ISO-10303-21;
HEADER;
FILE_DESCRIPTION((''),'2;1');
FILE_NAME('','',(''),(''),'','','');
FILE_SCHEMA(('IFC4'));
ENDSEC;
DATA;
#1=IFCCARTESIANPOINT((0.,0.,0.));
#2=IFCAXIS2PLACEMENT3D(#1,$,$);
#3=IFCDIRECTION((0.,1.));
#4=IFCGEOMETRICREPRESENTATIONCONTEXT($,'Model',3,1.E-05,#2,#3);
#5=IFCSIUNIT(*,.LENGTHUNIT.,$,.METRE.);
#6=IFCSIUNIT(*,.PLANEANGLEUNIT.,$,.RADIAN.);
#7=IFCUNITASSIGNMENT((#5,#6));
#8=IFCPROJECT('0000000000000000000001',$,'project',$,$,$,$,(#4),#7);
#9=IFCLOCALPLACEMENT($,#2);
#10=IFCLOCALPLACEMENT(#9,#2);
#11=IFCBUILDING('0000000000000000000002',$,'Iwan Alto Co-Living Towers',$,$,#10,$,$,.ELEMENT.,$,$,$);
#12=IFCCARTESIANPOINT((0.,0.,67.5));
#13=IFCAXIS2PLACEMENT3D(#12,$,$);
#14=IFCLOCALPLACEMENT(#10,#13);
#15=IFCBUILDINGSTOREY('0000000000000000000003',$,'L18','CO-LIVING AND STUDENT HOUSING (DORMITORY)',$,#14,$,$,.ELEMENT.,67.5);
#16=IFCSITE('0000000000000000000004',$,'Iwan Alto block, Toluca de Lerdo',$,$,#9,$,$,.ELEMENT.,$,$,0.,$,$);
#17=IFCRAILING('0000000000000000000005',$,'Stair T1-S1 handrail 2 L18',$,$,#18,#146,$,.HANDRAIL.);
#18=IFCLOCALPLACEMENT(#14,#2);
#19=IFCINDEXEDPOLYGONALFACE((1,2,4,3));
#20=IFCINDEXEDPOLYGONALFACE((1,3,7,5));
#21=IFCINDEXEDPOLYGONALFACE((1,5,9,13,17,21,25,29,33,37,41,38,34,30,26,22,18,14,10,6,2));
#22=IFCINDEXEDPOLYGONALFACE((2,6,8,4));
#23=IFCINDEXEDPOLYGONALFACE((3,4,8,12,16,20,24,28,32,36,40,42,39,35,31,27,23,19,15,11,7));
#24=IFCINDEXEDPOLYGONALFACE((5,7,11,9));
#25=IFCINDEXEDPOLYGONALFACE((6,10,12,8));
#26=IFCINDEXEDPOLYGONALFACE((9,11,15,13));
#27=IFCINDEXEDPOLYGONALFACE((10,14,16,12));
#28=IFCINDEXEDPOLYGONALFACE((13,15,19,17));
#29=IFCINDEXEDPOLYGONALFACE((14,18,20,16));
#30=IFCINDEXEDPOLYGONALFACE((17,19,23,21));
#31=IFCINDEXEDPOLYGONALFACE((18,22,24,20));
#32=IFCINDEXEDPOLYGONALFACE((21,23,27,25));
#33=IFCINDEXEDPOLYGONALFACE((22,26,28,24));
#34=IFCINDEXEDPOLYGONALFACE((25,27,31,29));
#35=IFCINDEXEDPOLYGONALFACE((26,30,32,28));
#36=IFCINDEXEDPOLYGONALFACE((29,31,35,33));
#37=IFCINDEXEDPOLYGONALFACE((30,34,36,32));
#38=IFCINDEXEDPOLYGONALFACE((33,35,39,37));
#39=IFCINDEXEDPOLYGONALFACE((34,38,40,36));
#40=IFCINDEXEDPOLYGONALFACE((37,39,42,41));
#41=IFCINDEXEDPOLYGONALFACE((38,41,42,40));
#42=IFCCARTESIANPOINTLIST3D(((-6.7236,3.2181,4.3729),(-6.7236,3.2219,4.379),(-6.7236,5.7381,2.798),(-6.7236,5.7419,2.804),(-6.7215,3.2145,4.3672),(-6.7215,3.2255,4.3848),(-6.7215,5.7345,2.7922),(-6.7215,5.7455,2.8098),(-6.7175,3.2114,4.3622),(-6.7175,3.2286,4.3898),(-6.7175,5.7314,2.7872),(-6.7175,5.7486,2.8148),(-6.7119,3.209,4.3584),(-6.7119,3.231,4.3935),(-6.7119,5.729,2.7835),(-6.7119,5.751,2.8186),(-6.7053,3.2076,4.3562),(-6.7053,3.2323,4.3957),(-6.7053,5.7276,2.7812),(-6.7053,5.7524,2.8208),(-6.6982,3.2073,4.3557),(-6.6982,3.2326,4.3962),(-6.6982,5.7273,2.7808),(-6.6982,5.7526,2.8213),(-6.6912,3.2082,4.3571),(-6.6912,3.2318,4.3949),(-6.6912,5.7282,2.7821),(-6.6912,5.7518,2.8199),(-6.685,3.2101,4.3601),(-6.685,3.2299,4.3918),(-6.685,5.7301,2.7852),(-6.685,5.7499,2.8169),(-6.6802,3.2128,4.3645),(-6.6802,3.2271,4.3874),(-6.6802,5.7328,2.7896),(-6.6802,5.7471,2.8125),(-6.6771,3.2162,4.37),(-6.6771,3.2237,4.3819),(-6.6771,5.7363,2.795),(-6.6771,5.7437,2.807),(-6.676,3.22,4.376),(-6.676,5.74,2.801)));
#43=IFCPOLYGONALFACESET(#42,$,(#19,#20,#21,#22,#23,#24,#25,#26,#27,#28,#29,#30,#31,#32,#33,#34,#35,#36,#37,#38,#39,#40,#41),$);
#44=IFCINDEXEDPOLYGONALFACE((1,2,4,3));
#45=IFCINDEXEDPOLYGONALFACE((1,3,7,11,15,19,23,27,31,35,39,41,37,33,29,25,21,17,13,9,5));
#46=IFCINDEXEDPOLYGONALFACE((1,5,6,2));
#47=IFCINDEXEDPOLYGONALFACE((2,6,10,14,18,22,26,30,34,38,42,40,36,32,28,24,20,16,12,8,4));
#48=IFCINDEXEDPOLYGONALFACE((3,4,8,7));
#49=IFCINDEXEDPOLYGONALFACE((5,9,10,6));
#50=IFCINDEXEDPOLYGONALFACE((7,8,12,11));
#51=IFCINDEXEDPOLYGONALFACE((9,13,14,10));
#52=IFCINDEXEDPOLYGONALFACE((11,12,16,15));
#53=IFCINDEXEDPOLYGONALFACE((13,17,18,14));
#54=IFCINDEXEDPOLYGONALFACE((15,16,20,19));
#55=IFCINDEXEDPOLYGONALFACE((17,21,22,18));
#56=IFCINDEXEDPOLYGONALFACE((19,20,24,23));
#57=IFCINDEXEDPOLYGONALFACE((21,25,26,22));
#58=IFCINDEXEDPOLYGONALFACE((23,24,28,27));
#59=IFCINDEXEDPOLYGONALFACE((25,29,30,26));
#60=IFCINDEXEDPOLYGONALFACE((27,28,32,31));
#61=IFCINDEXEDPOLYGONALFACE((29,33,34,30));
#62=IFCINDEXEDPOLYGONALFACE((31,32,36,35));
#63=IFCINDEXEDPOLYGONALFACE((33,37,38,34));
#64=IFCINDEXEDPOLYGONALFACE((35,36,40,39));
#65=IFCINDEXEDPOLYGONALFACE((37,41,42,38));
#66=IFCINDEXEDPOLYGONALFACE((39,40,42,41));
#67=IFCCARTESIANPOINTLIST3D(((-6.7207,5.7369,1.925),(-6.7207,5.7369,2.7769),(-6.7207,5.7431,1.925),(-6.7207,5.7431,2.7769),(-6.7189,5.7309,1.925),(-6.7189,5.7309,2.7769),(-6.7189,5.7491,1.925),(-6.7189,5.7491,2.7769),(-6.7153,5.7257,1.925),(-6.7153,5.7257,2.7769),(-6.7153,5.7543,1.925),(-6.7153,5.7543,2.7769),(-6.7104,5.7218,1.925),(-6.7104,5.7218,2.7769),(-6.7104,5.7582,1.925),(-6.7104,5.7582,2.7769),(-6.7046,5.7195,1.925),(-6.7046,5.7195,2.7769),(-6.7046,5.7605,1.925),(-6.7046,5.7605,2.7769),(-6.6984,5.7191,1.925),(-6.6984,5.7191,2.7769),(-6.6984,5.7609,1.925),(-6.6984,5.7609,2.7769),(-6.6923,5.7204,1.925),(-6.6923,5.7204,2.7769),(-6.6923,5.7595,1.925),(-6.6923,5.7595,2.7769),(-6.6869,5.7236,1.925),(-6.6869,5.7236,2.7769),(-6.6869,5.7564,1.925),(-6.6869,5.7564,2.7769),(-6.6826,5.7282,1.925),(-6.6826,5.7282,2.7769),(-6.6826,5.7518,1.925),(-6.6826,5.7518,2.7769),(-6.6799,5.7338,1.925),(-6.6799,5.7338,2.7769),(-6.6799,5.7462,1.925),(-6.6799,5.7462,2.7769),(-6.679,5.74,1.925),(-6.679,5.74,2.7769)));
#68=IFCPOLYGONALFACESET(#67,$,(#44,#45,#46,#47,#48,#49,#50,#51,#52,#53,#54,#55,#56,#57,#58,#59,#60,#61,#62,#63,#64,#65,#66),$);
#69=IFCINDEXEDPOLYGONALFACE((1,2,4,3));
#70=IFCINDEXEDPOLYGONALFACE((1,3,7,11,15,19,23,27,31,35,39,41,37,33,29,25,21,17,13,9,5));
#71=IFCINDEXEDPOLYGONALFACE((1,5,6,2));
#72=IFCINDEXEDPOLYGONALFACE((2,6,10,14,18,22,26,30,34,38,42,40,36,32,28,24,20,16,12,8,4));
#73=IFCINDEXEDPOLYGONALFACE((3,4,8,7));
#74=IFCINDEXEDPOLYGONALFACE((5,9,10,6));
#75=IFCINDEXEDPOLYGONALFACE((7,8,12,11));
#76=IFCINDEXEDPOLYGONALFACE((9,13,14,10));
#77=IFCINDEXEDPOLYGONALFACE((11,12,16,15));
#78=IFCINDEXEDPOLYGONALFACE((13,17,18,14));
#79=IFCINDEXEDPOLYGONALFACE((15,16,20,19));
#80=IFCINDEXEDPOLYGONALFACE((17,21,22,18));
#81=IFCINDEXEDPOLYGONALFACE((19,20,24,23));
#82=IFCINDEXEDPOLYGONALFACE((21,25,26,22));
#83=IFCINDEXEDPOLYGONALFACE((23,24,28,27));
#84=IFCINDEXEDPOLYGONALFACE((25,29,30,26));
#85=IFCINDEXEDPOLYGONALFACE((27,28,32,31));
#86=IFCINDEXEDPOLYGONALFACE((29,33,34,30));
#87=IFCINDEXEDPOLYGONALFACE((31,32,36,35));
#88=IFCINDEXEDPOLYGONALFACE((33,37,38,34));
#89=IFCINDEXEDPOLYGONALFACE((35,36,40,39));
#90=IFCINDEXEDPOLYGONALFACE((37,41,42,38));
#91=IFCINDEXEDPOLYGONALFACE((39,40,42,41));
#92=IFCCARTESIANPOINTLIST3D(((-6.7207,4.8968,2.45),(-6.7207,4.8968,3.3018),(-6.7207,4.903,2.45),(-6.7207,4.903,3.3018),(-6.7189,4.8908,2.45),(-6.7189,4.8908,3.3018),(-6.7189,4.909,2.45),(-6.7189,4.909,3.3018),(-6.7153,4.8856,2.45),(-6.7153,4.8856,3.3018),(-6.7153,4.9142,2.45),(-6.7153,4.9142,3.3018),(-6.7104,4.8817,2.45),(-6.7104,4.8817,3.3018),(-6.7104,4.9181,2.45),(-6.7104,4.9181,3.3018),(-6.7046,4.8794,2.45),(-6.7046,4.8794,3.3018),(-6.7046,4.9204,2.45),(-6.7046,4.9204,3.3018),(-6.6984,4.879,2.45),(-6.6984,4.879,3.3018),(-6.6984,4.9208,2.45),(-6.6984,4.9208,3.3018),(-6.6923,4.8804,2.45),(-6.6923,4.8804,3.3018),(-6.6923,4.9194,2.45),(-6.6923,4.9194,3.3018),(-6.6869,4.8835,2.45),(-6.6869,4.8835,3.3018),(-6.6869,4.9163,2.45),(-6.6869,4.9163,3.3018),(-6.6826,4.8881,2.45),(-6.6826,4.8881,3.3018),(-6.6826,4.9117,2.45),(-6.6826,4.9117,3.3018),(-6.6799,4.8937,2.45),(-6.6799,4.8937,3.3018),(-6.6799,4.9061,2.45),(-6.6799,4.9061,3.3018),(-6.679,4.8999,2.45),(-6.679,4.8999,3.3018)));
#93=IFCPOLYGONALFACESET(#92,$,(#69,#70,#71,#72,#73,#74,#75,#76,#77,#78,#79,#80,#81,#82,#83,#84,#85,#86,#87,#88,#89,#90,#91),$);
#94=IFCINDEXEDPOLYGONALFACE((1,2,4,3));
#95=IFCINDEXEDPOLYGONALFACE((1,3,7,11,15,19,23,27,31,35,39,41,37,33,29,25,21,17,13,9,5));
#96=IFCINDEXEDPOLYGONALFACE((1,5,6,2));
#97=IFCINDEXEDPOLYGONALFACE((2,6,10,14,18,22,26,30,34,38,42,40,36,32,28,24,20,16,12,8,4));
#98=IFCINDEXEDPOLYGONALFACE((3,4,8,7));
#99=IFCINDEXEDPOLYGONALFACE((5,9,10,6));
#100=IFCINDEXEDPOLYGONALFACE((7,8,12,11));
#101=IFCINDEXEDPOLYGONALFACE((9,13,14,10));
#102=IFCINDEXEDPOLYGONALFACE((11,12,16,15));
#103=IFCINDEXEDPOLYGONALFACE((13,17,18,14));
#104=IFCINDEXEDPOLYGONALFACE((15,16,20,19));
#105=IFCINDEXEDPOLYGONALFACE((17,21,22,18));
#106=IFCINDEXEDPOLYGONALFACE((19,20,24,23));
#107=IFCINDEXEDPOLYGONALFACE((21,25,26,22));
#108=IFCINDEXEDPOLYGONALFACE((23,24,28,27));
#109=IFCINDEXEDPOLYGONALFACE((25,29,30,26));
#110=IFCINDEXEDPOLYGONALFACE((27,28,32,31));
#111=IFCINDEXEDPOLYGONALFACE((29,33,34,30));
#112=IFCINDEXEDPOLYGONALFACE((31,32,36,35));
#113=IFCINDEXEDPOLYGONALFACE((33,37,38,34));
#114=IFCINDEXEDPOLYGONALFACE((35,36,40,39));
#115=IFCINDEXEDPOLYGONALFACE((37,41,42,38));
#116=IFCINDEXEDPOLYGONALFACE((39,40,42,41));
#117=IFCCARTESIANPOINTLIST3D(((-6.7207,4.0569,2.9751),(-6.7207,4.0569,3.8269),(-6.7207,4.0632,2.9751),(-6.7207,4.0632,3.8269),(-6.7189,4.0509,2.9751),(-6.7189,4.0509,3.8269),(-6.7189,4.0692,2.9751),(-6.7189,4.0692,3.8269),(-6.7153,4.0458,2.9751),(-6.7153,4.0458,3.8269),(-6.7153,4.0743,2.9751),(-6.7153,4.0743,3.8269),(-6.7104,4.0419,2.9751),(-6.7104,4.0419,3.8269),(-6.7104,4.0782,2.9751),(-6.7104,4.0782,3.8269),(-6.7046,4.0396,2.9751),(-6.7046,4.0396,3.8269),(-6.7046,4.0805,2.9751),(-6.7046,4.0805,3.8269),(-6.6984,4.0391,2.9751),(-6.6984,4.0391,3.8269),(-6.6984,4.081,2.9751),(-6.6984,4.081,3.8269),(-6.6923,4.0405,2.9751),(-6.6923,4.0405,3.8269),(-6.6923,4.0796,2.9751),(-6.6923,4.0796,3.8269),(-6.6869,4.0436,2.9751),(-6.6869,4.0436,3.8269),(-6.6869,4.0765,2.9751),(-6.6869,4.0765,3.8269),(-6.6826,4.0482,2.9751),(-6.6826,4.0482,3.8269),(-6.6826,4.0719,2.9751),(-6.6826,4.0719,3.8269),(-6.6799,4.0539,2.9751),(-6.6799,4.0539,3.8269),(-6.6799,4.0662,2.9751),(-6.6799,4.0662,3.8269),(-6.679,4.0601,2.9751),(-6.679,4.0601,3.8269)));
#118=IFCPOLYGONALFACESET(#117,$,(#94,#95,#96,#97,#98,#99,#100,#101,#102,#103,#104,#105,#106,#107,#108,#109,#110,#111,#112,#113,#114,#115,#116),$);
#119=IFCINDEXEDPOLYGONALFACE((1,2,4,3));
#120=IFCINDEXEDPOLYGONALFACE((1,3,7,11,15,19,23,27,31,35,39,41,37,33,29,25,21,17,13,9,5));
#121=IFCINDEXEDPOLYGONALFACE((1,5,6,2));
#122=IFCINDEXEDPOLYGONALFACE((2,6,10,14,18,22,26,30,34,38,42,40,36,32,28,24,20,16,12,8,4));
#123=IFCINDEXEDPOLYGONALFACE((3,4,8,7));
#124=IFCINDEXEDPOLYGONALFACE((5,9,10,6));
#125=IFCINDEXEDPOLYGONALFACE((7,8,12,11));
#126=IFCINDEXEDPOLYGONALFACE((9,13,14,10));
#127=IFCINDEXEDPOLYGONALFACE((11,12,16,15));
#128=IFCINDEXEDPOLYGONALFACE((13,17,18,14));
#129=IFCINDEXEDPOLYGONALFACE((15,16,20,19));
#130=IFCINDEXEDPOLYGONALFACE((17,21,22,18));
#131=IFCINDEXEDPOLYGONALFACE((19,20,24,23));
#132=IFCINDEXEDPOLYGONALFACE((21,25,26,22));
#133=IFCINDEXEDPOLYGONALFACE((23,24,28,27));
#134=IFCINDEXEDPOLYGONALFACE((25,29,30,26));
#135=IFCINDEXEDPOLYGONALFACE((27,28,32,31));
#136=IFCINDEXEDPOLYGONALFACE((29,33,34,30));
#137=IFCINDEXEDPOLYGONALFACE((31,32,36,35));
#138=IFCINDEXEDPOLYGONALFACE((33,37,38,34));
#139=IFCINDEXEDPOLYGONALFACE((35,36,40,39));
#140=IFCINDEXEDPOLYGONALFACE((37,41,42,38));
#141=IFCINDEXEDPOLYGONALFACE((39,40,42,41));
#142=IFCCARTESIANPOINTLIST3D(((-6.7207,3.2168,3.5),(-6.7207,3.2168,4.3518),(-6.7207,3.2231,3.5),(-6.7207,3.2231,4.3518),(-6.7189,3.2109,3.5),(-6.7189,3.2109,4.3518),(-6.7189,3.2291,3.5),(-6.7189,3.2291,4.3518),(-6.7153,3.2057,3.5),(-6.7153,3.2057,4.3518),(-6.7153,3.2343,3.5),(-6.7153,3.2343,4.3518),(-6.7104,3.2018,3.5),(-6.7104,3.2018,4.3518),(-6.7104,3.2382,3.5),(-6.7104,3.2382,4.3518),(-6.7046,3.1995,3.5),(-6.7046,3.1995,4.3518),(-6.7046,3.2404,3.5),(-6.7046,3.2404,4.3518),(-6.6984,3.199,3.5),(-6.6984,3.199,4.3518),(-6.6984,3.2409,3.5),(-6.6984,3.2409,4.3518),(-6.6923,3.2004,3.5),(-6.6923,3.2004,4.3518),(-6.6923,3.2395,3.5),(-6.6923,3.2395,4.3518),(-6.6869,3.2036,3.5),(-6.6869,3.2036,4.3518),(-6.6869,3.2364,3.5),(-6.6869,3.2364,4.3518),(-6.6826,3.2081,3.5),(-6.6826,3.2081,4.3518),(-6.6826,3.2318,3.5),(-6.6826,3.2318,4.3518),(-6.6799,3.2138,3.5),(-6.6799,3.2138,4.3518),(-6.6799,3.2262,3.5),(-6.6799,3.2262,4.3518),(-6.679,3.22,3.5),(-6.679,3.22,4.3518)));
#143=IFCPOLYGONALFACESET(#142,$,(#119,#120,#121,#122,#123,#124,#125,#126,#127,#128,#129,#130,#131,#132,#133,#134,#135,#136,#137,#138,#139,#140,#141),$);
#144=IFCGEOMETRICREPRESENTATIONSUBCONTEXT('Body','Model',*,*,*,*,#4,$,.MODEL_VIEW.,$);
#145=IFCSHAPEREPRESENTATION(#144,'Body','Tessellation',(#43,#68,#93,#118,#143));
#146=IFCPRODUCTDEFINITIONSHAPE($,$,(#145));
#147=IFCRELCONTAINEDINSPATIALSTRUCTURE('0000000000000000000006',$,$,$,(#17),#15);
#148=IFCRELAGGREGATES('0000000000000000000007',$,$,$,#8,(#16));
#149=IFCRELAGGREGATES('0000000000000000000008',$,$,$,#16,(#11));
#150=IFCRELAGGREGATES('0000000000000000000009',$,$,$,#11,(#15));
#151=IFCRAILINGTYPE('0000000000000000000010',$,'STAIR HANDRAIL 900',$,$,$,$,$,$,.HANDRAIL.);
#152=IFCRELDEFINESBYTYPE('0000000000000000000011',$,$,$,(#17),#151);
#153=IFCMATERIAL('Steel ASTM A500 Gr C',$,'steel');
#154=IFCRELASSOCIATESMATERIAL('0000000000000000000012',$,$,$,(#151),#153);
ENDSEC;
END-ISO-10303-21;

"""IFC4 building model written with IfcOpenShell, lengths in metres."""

from ifc_helpers import new_model, si_unit, direction, frame, origin, origin_2d, place, context, subcontext, project, spatial, circle, extrude, material, type_object, element, save


model = new_model("IFC4")

# Units and contexts
model_context = context("Model", 3, precision=1e-05, world=origin(), true_north=direction((0.0, 1.0)))
body_context = subcontext(model_context, "Body", "Model", "MODEL_VIEW")
ifc_project = project(units=[si_unit("LENGTHUNIT", "METRE"), si_unit("PLANEANGLEUNIT", "RADIAN")], contexts=[model_context])

# Site, building, storey
site_placement = place(None, origin())
site = spatial("IfcSite", under=ifc_project, at=site_placement, Name="Iwan Alto block, Toluca de Lerdo", CompositionType="ELEMENT", RefElevation=0.0)
building_placement = place(site_placement, origin())
building = spatial("IfcBuilding", under=site, at=building_placement, Name="Iwan Alto Co-Living Towers", CompositionType="ELEMENT")
storey_placement = place(building_placement, frame((0.0, 0.0, 67.5)))
storey = spatial("IfcBuildingStorey", under=building, at=storey_placement, Name="L18", Description="CO-LIVING AND STUDENT HOUSING (DORMITORY)", CompositionType="ELEMENT", Elevation=67.5)

# Railing
ifc_material_1 = material(Name="Steel ASTM A500 Gr C", Category="steel")
railing_type_1 = type_object("IfcRailingType", Name="STAIR HANDRAIL 900", PredefinedType="HANDRAIL", material=ifc_material_1)
railing_1_placement = place(storey_placement, frame((-6.7, 5.74, 1.925)))
element("IfcRailing", 1, at=railing_1_placement, inside=storey, type_object=railing_type_1, Name="Stair T1-S1 handrail 2 L18", PredefinedType="HANDRAIL", context=body_context, shape_type="SweptSolid", body=[
    extrude(circle(Radius=0.0239, at=origin_2d()), frame((0.0, 0.0, 0.876), z_axis=(0.0, -0.848008, 0.529984), x_axis=(1.0, 0.0, 0.0)), (0.0, 0.0, 1.0), 2.9717),
    extrude(circle(Radius=0.021, at=origin_2d()), origin(), (0.0, 0.0, 1.0), 0.8518),
    extrude(circle(Radius=0.021, at=origin_2d()), frame((0.0, -0.8401, 0.5249)), (0.0, 0.0, 1.0), 0.8518),
    extrude(circle(Radius=0.021, at=origin_2d()), frame((0.0, -1.6799, 1.05)), (0.0, 0.0, 1.0), 0.8518),
    extrude(circle(Radius=0.021, at=origin_2d()), frame((0.0, -2.52, 1.575)), (0.0, 0.0, 1.0), 0.8518),
])

save(model, "model.ifc")
